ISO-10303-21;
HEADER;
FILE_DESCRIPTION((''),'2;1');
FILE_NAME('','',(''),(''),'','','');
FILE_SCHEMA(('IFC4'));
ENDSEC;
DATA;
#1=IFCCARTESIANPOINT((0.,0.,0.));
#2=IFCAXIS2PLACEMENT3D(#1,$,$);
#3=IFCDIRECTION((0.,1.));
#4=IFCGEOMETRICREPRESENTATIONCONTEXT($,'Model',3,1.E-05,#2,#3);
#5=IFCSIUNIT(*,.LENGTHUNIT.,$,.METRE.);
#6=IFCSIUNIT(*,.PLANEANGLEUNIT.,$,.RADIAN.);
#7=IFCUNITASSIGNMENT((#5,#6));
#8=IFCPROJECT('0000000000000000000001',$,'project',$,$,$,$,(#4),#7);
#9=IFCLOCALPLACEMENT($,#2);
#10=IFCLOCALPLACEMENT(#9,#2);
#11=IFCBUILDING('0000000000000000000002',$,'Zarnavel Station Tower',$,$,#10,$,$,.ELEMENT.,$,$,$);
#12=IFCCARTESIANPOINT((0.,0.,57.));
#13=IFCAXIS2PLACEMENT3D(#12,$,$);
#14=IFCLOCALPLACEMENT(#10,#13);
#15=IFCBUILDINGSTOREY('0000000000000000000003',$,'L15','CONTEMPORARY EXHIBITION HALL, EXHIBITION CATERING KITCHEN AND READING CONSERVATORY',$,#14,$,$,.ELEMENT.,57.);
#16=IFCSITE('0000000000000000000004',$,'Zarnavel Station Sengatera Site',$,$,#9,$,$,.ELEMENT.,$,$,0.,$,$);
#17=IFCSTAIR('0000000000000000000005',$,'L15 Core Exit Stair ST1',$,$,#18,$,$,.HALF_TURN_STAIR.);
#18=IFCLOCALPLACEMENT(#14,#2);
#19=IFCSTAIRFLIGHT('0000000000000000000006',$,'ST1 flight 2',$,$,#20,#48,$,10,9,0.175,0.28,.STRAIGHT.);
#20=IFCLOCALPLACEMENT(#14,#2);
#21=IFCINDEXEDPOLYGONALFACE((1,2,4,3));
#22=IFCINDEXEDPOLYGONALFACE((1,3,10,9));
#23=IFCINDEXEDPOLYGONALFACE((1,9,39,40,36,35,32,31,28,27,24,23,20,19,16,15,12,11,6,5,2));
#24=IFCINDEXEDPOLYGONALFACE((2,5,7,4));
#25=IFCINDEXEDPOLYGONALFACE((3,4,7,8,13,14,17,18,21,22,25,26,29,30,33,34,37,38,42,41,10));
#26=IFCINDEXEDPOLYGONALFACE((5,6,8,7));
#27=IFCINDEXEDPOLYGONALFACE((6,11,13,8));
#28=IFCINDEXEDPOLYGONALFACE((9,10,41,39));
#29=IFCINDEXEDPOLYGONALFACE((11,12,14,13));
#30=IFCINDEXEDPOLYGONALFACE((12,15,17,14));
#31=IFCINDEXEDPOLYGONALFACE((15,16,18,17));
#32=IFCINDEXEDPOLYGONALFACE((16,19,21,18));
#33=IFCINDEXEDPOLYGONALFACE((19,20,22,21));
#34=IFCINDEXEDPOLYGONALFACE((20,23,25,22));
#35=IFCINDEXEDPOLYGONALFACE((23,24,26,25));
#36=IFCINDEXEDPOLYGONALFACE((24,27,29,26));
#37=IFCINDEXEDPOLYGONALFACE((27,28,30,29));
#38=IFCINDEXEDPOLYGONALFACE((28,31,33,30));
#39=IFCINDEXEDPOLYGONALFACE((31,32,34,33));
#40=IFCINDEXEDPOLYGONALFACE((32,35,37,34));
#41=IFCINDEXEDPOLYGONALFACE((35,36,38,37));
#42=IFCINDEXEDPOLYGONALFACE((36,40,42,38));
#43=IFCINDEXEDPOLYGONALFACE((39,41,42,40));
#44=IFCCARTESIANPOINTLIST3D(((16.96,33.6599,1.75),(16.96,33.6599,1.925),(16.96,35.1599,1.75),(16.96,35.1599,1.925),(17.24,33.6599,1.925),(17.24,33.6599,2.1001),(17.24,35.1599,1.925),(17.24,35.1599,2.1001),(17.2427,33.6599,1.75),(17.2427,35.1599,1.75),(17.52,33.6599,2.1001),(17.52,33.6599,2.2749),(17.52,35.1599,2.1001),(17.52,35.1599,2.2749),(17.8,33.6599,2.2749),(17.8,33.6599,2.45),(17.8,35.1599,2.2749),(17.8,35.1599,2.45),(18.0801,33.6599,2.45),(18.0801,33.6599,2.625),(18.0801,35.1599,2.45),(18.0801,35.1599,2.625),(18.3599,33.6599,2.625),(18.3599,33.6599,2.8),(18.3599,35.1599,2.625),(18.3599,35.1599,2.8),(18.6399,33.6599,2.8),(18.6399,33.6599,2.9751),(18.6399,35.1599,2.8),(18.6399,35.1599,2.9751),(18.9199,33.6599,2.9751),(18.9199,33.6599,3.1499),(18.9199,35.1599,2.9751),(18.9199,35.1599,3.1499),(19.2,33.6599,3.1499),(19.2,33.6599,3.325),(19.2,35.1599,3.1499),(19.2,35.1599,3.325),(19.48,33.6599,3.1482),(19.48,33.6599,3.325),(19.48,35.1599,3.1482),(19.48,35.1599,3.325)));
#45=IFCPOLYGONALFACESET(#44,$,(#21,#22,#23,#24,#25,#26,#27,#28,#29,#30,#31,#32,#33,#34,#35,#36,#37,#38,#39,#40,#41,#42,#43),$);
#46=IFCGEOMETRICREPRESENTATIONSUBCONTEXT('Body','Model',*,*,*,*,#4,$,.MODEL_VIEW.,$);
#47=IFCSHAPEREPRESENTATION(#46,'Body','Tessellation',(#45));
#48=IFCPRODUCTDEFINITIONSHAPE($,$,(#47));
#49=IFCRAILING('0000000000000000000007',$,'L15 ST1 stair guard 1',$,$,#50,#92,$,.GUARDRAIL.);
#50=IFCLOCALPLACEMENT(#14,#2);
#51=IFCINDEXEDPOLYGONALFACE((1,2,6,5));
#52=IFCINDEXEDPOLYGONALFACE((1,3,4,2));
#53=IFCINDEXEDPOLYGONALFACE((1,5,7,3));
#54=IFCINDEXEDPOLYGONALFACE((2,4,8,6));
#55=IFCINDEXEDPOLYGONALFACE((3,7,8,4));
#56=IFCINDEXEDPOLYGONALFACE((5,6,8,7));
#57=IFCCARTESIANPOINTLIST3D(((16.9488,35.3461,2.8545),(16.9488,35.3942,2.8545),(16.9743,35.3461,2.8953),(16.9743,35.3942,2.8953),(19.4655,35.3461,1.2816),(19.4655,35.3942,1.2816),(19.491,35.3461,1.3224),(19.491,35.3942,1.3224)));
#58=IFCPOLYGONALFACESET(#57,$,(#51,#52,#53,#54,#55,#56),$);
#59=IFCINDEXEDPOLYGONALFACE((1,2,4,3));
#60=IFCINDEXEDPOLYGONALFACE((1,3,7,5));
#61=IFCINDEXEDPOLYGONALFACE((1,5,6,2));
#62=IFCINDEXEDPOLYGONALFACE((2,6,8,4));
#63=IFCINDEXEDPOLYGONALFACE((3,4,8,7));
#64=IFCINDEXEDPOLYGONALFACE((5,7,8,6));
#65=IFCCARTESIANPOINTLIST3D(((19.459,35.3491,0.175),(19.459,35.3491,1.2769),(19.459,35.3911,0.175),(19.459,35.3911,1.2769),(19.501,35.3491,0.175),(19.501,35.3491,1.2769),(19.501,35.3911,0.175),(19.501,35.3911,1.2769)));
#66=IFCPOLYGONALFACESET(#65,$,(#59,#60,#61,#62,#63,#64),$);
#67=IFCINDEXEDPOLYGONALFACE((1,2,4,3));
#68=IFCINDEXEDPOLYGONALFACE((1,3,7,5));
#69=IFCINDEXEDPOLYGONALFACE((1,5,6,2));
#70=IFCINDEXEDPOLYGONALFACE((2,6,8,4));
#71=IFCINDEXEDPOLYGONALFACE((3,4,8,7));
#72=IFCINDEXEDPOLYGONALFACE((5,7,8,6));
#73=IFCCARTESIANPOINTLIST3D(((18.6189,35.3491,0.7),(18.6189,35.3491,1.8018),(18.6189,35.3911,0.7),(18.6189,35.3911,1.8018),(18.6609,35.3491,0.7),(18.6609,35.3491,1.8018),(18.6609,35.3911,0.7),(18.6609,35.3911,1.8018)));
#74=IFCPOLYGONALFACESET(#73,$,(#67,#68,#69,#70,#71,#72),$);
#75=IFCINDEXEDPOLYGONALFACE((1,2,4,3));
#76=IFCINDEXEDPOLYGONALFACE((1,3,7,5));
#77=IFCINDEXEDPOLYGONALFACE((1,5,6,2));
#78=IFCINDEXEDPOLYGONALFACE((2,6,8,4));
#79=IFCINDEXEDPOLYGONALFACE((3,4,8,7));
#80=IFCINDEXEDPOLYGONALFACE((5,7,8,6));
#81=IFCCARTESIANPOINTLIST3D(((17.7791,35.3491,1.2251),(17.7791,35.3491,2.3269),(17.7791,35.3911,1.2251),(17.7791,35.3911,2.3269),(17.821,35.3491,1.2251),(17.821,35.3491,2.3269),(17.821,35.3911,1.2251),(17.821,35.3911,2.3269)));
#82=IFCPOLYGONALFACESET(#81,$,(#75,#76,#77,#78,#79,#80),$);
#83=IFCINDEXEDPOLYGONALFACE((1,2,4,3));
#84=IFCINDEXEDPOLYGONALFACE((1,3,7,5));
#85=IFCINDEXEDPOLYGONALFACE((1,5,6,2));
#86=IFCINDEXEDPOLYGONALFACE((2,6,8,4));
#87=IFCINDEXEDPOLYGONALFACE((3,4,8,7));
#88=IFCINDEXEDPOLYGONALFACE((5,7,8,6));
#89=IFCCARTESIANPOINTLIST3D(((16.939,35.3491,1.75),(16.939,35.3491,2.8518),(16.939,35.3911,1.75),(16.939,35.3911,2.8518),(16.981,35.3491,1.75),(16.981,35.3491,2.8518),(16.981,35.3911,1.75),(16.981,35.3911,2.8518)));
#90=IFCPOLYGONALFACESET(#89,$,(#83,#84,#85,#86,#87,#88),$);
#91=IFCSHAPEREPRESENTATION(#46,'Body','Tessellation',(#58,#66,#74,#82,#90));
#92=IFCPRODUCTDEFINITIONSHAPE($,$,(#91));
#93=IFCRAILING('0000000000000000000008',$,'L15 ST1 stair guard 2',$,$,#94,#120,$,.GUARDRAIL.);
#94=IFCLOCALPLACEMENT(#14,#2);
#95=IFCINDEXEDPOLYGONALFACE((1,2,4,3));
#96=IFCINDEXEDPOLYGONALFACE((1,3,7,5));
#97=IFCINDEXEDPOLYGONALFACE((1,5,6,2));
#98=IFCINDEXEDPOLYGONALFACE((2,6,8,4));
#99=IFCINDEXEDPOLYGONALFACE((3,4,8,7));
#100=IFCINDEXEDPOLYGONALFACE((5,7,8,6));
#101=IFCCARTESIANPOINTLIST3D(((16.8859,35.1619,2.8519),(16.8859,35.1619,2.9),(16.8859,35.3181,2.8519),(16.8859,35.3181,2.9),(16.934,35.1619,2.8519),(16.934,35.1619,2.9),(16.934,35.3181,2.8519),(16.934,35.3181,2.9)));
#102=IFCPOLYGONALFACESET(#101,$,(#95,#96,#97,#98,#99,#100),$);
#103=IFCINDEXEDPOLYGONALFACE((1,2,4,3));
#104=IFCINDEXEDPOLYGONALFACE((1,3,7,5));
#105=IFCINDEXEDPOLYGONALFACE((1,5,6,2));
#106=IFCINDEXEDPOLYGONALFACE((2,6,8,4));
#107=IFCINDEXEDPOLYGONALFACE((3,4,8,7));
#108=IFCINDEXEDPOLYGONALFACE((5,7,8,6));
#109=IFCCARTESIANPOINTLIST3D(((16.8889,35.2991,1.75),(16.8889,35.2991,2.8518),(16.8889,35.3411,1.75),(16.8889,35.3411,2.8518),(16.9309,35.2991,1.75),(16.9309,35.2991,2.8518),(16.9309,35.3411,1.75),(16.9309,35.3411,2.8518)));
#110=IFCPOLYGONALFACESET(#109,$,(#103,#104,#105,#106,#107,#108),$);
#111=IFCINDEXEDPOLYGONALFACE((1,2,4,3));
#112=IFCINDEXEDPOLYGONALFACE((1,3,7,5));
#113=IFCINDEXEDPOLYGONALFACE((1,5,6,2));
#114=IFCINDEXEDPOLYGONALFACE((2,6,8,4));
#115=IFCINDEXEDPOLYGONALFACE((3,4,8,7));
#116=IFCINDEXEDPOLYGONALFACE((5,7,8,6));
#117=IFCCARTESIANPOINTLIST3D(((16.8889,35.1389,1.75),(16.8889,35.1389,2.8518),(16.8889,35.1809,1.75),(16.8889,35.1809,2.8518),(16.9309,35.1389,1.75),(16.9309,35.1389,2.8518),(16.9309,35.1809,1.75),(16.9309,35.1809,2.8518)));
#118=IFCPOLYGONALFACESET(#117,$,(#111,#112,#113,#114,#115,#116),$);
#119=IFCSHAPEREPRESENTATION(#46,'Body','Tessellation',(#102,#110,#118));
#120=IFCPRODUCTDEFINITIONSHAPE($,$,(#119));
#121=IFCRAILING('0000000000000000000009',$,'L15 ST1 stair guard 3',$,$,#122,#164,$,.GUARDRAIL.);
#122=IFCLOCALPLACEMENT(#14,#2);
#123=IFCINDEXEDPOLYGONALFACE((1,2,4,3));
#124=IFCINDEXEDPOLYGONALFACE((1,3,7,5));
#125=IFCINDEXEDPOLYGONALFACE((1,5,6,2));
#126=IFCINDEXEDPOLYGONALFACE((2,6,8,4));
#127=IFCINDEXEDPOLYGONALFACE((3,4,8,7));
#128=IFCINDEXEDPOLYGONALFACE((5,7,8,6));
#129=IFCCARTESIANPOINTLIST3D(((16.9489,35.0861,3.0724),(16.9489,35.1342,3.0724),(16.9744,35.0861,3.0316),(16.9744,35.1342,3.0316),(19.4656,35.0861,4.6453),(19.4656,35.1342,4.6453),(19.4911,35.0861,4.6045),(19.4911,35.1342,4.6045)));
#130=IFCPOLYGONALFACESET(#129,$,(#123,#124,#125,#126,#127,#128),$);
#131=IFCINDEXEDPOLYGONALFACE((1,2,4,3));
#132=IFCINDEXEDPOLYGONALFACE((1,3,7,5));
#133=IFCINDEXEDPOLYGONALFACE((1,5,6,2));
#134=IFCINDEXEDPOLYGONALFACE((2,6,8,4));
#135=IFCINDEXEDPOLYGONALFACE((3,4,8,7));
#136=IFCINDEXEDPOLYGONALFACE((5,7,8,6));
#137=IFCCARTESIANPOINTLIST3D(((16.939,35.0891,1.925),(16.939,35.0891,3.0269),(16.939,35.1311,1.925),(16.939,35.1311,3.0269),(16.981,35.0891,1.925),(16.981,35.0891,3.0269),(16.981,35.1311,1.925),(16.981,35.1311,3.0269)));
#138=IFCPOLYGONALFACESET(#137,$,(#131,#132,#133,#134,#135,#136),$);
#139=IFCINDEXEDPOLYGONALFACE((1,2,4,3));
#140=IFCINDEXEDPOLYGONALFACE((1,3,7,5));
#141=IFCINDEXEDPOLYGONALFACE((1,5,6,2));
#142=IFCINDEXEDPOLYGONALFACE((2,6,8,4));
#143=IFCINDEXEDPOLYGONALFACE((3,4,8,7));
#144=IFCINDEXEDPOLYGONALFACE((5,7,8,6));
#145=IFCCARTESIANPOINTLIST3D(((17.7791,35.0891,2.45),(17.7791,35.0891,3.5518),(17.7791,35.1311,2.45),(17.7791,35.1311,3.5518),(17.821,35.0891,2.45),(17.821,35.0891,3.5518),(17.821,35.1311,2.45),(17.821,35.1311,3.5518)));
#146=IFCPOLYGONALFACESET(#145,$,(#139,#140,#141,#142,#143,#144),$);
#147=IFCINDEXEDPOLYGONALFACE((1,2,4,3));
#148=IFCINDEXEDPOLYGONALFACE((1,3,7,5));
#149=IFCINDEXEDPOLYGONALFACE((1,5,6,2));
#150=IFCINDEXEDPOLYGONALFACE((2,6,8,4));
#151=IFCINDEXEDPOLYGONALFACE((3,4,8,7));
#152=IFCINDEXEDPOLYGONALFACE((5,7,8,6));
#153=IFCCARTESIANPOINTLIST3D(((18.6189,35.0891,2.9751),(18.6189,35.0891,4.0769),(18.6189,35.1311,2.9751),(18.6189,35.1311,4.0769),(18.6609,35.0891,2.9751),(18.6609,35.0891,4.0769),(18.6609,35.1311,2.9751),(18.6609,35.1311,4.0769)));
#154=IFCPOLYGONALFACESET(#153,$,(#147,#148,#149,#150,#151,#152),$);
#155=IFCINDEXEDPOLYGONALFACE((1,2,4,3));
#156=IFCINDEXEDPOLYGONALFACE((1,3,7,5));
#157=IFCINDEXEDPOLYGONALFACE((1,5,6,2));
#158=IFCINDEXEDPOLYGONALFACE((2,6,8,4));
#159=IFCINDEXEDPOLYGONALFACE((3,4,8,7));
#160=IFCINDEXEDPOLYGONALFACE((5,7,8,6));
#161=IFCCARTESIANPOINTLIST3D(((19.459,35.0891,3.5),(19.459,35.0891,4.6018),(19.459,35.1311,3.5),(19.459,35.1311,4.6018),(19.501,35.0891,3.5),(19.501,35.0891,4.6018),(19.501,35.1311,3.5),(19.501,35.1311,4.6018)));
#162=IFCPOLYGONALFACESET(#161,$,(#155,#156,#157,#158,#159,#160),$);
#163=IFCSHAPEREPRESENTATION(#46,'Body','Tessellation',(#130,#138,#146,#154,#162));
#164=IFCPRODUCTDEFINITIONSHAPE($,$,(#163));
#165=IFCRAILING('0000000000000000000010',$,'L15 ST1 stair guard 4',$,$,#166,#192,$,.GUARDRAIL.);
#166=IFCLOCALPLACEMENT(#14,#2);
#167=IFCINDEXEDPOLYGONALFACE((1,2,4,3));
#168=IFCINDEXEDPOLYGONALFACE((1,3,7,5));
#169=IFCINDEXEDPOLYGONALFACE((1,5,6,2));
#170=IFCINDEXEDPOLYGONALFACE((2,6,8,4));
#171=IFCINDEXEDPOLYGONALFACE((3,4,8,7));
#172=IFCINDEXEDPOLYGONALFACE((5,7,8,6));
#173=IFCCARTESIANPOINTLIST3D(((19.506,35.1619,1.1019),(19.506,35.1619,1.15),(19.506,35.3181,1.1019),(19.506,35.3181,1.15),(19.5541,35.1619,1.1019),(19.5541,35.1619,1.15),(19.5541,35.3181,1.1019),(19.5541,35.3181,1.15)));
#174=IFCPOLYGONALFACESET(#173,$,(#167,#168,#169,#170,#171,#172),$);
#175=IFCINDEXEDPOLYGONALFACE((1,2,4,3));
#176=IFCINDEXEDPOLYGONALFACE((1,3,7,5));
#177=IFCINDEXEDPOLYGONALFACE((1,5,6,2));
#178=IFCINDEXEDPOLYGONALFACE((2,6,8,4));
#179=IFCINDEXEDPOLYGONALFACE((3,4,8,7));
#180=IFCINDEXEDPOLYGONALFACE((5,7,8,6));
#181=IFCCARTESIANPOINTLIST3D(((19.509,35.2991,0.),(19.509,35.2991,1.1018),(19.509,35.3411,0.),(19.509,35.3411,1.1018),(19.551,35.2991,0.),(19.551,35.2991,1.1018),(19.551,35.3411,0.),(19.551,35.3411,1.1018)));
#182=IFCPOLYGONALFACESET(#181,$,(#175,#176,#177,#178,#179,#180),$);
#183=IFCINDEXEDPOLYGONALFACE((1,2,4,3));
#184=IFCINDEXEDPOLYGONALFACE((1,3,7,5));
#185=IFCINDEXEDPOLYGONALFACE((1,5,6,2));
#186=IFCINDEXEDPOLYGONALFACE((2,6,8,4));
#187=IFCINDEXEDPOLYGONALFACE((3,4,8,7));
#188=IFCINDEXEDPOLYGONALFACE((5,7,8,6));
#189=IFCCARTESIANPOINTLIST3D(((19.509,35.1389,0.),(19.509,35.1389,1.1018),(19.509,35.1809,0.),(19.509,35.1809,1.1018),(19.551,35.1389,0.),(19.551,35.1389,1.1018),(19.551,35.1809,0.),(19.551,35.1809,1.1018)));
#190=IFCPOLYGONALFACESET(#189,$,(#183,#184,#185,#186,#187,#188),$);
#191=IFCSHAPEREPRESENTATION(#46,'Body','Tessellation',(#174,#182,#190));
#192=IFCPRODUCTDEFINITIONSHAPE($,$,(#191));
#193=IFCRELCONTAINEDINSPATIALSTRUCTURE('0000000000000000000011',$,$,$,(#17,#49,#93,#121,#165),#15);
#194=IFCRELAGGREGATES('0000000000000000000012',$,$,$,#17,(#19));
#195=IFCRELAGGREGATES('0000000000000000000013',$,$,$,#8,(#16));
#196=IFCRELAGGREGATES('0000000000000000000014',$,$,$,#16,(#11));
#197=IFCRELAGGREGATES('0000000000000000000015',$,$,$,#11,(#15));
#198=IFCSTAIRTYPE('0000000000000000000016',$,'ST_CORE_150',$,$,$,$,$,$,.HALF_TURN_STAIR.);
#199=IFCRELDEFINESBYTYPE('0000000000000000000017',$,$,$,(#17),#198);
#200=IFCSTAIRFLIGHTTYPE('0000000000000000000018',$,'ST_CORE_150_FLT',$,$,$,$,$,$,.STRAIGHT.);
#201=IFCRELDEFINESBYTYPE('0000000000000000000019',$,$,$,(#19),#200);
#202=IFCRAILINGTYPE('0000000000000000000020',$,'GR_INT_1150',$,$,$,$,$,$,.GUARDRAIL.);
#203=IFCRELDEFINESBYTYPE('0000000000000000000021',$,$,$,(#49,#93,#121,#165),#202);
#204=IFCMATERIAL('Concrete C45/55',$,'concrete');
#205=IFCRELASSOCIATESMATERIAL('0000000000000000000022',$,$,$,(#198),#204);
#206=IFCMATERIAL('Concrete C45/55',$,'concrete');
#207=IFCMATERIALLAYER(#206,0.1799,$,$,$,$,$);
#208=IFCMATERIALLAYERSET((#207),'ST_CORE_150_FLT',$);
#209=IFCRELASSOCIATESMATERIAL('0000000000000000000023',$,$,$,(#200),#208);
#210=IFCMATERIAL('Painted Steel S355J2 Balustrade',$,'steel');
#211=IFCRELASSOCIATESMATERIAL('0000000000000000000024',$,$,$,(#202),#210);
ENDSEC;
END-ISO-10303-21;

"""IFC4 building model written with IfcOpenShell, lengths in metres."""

from ifc_helpers import new_model, si_unit, direction, frame, origin, origin_2d, place, context, subcontext, project, spatial, polyline, rectangle, outline, extrude, material, layer, layer_set, type_object, element, aggregate, save


model = new_model("IFC4")

# Units and contexts
model_context = context("Model", 3, precision=1e-05, world=origin(), true_north=direction((0.0, 1.0)))
body_context = subcontext(model_context, "Body", "Model", "MODEL_VIEW")
ifc_project = project(units=[si_unit("LENGTHUNIT", "METRE"), si_unit("PLANEANGLEUNIT", "RADIAN")], contexts=[model_context])

# Site, building, storey
site_placement = place(None, origin())
site = spatial("IfcSite", under=ifc_project, at=site_placement, Name="Zarnavel Station Sengatera Site", CompositionType="ELEMENT", RefElevation=0.0)
building_placement = place(site_placement, origin())
building = spatial("IfcBuilding", under=site, at=building_placement, Name="Zarnavel Station Tower", CompositionType="ELEMENT")
storey_placement = place(building_placement, frame((0.0, 0.0, 57.0)))
storey = spatial("IfcBuildingStorey", under=building, at=storey_placement, Name="L15", Description="CONTEMPORARY EXHIBITION HALL, EXHIBITION CATERING KITCHEN AND READING CONSERVATORY", CompositionType="ELEMENT", Elevation=57.0)

# Stair, stair flight
ifc_material_1 = material(Name="Concrete C45/55", Category="concrete")
stair_type = type_object("IfcStairType", Name="ST_CORE_150", PredefinedType="HALF_TURN_STAIR", material=ifc_material_1)
stair_placement = place(storey_placement, origin())
stair = element("IfcStair", 1, at=stair_placement, inside=storey, type_object=stair_type, Name="L15 Core Exit Stair ST1", PredefinedType="HALF_TURN_STAIR")
ifc_material_2 = material(Name="Concrete C45/55", Category="concrete")
ifc_layer_1 = layer(ifc_material_2, 0.1799)
ifc_layer_set_1 = layer_set([ifc_layer_1], Name="ST_CORE_150_FLT")
stair_flight_type = type_object("IfcStairFlightType", Name="ST_CORE_150_FLT", PredefinedType="STRAIGHT", material=ifc_layer_set_1)
stair_flight_1_placement = place(storey_placement, frame((16.96, 34.4099, 1.75), z_axis=(0.0, 0.0, 1.0), x_axis=(1.0, 0.0, 0.0)))
stair_flight_1 = element("IfcStairFlight", 2, at=stair_flight_1_placement, type_object=stair_flight_type, Name="ST1 flight 2", NumberOfRisers=10, NumberOfTreads=9, PredefinedType="STRAIGHT", RiserHeight=0.175, TreadLength=0.28, context=body_context, shape_type="SweptSolid", body=[
    extrude(outline(polyline([(0.0, 0.0), (0.0, 0.175), (0.28, 0.175), (0.28, 0.3501), (0.5601, 0.3501), (0.5601, 0.5249), (0.8401, 0.5249), (0.8401, 0.7), (1.1201, 0.7), (1.1201, 0.875), (1.3999, 0.875), (1.3999, 1.05), (1.6799, 1.05), (1.6799, 1.2251), (1.96, 1.2251), (1.96, 1.3999), (2.24, 1.3999), (2.24, 1.575), (2.52, 1.575), (2.52, 1.75), (2.52, 1.3982), (0.2827, 0.0), (0.0, 0.0)])), frame((0.0, 0.75, 0.0), z_axis=(0.0, -1.0, 0.0), x_axis=(1.0, 0.0, 0.0)), (0.0, 0.0, 1.0), 1.5),
])
aggregate(stair, [stair_flight_1])

# Railings
ifc_material_3 = material(Name="Painted Steel S355J2 Balustrade", Category="steel")
railing_type_1 = type_object("IfcRailingType", Name="GR_INT_1150", PredefinedType="GUARDRAIL", material=ifc_material_3)
railing_1_placement = place(storey_placement, frame((19.48, 35.3701, 0.175)))
element("IfcRailing", 3, at=railing_1_placement, inside=storey, type_object=railing_type_1, Name="L15 ST1 stair guard 1", PredefinedType="GUARDRAIL", context=body_context, shape_type="SweptSolid", body=[
    extrude(rectangle(XDim=0.0481, YDim=0.0481, at=origin_2d()), frame((-0.0017, 0.0, 1.127), z_axis=(-0.848008, 0.0, 0.529984), x_axis=(0.0, -1.0, 0.0)), (0.0, 0.0, 1.0), 2.9678),
    extrude(rectangle(XDim=0.042, YDim=0.042, at=origin_2d()), origin(), (0.0, 0.0, 1.0), 1.1018),
    extrude(rectangle(XDim=0.042, YDim=0.042, at=origin_2d()), frame((-0.8401, 0.0, 0.5249)), (0.0, 0.0, 1.0), 1.1018),
    extrude(rectangle(XDim=0.042, YDim=0.042, at=origin_2d()), frame((-1.6799, 0.0, 1.05)), (0.0, 0.0, 1.0), 1.1018),
    extrude(rectangle(XDim=0.042, YDim=0.042, at=origin_2d()), frame((-2.52, 0.0, 1.575)), (0.0, 0.0, 1.0), 1.1018),
])
railing_2_placement = place(storey_placement, frame((16.9099, 35.3201, 1.75)))
element("IfcRailing", 4, at=railing_2_placement, inside=storey, type_object=railing_type_1, Name="L15 ST1 stair guard 2", PredefinedType="GUARDRAIL", context=body_context, shape_type="SweptSolid", body=[
    extrude(rectangle(XDim=0.0481, YDim=0.0481, at=origin_2d()), frame((0.0, -0.002, 1.126), z_axis=(0.0, -1.0, 0.0), x_axis=(1.0, 0.0, 0.0)), (0.0, 0.0, 1.0), 0.1562),
    extrude(rectangle(XDim=0.042, YDim=0.042, at=origin_2d()), origin(), (0.0, 0.0, 1.0), 1.1018),
    extrude(rectangle(XDim=0.042, YDim=0.042, at=origin_2d()), frame((0.0, -0.1602, 0.0)), (0.0, 0.0, 1.0), 1.1018),
])
railing_3_placement = place(storey_placement, frame((16.96, 35.1101, 1.925)))
element("IfcRailing", 5, at=railing_3_placement, inside=storey, type_object=railing_type_1, Name="L15 ST1 stair guard 3", PredefinedType="GUARDRAIL", context=body_context, shape_type="SweptSolid", body=[
    extrude(rectangle(XDim=0.0481, YDim=0.0481, at=origin_2d()), frame((0.0017, 0.0, 1.127), z_axis=(0.848008, 0.0, 0.529984), x_axis=(0.0, 1.0, 0.0)), (0.0, 0.0, 1.0), 2.9678),
    extrude(rectangle(XDim=0.042, YDim=0.042, at=origin_2d()), origin(), (0.0, 0.0, 1.0), 1.1018),
    extrude(rectangle(XDim=0.042, YDim=0.042, at=origin_2d()), frame((0.8401, 0.0, 0.5249)), (0.0, 0.0, 1.0), 1.1018),
    extrude(rectangle(XDim=0.042, YDim=0.042, at=origin_2d()), frame((1.6799, 0.0, 1.05)), (0.0, 0.0, 1.0), 1.1018),
    extrude(rectangle(XDim=0.042, YDim=0.042, at=origin_2d()), frame((2.52, 0.0, 1.575)), (0.0, 0.0, 1.0), 1.1018),
])
railing_4_placement = place(storey_placement, frame((19.53, 35.3201, 0.0)))
element("IfcRailing", 6, at=railing_4_placement, inside=storey, type_object=railing_type_1, Name="L15 ST1 stair guard 4", PredefinedType="GUARDRAIL", context=body_context, shape_type="SweptSolid", body=[
    extrude(rectangle(XDim=0.0481, YDim=0.0481, at=origin_2d()), frame((0.0, -0.002, 1.126), z_axis=(0.0, -1.0, 0.0), x_axis=(1.0, 0.0, 0.0)), (0.0, 0.0, 1.0), 0.1562),
    extrude(rectangle(XDim=0.042, YDim=0.042, at=origin_2d()), origin(), (0.0, 0.0, 1.0), 1.1018),
    extrude(rectangle(XDim=0.042, YDim=0.042, at=origin_2d()), frame((0.0, -0.1602, 0.0)), (0.0, 0.0, 1.0), 1.1018),
])

save(model, "model.ifc")
